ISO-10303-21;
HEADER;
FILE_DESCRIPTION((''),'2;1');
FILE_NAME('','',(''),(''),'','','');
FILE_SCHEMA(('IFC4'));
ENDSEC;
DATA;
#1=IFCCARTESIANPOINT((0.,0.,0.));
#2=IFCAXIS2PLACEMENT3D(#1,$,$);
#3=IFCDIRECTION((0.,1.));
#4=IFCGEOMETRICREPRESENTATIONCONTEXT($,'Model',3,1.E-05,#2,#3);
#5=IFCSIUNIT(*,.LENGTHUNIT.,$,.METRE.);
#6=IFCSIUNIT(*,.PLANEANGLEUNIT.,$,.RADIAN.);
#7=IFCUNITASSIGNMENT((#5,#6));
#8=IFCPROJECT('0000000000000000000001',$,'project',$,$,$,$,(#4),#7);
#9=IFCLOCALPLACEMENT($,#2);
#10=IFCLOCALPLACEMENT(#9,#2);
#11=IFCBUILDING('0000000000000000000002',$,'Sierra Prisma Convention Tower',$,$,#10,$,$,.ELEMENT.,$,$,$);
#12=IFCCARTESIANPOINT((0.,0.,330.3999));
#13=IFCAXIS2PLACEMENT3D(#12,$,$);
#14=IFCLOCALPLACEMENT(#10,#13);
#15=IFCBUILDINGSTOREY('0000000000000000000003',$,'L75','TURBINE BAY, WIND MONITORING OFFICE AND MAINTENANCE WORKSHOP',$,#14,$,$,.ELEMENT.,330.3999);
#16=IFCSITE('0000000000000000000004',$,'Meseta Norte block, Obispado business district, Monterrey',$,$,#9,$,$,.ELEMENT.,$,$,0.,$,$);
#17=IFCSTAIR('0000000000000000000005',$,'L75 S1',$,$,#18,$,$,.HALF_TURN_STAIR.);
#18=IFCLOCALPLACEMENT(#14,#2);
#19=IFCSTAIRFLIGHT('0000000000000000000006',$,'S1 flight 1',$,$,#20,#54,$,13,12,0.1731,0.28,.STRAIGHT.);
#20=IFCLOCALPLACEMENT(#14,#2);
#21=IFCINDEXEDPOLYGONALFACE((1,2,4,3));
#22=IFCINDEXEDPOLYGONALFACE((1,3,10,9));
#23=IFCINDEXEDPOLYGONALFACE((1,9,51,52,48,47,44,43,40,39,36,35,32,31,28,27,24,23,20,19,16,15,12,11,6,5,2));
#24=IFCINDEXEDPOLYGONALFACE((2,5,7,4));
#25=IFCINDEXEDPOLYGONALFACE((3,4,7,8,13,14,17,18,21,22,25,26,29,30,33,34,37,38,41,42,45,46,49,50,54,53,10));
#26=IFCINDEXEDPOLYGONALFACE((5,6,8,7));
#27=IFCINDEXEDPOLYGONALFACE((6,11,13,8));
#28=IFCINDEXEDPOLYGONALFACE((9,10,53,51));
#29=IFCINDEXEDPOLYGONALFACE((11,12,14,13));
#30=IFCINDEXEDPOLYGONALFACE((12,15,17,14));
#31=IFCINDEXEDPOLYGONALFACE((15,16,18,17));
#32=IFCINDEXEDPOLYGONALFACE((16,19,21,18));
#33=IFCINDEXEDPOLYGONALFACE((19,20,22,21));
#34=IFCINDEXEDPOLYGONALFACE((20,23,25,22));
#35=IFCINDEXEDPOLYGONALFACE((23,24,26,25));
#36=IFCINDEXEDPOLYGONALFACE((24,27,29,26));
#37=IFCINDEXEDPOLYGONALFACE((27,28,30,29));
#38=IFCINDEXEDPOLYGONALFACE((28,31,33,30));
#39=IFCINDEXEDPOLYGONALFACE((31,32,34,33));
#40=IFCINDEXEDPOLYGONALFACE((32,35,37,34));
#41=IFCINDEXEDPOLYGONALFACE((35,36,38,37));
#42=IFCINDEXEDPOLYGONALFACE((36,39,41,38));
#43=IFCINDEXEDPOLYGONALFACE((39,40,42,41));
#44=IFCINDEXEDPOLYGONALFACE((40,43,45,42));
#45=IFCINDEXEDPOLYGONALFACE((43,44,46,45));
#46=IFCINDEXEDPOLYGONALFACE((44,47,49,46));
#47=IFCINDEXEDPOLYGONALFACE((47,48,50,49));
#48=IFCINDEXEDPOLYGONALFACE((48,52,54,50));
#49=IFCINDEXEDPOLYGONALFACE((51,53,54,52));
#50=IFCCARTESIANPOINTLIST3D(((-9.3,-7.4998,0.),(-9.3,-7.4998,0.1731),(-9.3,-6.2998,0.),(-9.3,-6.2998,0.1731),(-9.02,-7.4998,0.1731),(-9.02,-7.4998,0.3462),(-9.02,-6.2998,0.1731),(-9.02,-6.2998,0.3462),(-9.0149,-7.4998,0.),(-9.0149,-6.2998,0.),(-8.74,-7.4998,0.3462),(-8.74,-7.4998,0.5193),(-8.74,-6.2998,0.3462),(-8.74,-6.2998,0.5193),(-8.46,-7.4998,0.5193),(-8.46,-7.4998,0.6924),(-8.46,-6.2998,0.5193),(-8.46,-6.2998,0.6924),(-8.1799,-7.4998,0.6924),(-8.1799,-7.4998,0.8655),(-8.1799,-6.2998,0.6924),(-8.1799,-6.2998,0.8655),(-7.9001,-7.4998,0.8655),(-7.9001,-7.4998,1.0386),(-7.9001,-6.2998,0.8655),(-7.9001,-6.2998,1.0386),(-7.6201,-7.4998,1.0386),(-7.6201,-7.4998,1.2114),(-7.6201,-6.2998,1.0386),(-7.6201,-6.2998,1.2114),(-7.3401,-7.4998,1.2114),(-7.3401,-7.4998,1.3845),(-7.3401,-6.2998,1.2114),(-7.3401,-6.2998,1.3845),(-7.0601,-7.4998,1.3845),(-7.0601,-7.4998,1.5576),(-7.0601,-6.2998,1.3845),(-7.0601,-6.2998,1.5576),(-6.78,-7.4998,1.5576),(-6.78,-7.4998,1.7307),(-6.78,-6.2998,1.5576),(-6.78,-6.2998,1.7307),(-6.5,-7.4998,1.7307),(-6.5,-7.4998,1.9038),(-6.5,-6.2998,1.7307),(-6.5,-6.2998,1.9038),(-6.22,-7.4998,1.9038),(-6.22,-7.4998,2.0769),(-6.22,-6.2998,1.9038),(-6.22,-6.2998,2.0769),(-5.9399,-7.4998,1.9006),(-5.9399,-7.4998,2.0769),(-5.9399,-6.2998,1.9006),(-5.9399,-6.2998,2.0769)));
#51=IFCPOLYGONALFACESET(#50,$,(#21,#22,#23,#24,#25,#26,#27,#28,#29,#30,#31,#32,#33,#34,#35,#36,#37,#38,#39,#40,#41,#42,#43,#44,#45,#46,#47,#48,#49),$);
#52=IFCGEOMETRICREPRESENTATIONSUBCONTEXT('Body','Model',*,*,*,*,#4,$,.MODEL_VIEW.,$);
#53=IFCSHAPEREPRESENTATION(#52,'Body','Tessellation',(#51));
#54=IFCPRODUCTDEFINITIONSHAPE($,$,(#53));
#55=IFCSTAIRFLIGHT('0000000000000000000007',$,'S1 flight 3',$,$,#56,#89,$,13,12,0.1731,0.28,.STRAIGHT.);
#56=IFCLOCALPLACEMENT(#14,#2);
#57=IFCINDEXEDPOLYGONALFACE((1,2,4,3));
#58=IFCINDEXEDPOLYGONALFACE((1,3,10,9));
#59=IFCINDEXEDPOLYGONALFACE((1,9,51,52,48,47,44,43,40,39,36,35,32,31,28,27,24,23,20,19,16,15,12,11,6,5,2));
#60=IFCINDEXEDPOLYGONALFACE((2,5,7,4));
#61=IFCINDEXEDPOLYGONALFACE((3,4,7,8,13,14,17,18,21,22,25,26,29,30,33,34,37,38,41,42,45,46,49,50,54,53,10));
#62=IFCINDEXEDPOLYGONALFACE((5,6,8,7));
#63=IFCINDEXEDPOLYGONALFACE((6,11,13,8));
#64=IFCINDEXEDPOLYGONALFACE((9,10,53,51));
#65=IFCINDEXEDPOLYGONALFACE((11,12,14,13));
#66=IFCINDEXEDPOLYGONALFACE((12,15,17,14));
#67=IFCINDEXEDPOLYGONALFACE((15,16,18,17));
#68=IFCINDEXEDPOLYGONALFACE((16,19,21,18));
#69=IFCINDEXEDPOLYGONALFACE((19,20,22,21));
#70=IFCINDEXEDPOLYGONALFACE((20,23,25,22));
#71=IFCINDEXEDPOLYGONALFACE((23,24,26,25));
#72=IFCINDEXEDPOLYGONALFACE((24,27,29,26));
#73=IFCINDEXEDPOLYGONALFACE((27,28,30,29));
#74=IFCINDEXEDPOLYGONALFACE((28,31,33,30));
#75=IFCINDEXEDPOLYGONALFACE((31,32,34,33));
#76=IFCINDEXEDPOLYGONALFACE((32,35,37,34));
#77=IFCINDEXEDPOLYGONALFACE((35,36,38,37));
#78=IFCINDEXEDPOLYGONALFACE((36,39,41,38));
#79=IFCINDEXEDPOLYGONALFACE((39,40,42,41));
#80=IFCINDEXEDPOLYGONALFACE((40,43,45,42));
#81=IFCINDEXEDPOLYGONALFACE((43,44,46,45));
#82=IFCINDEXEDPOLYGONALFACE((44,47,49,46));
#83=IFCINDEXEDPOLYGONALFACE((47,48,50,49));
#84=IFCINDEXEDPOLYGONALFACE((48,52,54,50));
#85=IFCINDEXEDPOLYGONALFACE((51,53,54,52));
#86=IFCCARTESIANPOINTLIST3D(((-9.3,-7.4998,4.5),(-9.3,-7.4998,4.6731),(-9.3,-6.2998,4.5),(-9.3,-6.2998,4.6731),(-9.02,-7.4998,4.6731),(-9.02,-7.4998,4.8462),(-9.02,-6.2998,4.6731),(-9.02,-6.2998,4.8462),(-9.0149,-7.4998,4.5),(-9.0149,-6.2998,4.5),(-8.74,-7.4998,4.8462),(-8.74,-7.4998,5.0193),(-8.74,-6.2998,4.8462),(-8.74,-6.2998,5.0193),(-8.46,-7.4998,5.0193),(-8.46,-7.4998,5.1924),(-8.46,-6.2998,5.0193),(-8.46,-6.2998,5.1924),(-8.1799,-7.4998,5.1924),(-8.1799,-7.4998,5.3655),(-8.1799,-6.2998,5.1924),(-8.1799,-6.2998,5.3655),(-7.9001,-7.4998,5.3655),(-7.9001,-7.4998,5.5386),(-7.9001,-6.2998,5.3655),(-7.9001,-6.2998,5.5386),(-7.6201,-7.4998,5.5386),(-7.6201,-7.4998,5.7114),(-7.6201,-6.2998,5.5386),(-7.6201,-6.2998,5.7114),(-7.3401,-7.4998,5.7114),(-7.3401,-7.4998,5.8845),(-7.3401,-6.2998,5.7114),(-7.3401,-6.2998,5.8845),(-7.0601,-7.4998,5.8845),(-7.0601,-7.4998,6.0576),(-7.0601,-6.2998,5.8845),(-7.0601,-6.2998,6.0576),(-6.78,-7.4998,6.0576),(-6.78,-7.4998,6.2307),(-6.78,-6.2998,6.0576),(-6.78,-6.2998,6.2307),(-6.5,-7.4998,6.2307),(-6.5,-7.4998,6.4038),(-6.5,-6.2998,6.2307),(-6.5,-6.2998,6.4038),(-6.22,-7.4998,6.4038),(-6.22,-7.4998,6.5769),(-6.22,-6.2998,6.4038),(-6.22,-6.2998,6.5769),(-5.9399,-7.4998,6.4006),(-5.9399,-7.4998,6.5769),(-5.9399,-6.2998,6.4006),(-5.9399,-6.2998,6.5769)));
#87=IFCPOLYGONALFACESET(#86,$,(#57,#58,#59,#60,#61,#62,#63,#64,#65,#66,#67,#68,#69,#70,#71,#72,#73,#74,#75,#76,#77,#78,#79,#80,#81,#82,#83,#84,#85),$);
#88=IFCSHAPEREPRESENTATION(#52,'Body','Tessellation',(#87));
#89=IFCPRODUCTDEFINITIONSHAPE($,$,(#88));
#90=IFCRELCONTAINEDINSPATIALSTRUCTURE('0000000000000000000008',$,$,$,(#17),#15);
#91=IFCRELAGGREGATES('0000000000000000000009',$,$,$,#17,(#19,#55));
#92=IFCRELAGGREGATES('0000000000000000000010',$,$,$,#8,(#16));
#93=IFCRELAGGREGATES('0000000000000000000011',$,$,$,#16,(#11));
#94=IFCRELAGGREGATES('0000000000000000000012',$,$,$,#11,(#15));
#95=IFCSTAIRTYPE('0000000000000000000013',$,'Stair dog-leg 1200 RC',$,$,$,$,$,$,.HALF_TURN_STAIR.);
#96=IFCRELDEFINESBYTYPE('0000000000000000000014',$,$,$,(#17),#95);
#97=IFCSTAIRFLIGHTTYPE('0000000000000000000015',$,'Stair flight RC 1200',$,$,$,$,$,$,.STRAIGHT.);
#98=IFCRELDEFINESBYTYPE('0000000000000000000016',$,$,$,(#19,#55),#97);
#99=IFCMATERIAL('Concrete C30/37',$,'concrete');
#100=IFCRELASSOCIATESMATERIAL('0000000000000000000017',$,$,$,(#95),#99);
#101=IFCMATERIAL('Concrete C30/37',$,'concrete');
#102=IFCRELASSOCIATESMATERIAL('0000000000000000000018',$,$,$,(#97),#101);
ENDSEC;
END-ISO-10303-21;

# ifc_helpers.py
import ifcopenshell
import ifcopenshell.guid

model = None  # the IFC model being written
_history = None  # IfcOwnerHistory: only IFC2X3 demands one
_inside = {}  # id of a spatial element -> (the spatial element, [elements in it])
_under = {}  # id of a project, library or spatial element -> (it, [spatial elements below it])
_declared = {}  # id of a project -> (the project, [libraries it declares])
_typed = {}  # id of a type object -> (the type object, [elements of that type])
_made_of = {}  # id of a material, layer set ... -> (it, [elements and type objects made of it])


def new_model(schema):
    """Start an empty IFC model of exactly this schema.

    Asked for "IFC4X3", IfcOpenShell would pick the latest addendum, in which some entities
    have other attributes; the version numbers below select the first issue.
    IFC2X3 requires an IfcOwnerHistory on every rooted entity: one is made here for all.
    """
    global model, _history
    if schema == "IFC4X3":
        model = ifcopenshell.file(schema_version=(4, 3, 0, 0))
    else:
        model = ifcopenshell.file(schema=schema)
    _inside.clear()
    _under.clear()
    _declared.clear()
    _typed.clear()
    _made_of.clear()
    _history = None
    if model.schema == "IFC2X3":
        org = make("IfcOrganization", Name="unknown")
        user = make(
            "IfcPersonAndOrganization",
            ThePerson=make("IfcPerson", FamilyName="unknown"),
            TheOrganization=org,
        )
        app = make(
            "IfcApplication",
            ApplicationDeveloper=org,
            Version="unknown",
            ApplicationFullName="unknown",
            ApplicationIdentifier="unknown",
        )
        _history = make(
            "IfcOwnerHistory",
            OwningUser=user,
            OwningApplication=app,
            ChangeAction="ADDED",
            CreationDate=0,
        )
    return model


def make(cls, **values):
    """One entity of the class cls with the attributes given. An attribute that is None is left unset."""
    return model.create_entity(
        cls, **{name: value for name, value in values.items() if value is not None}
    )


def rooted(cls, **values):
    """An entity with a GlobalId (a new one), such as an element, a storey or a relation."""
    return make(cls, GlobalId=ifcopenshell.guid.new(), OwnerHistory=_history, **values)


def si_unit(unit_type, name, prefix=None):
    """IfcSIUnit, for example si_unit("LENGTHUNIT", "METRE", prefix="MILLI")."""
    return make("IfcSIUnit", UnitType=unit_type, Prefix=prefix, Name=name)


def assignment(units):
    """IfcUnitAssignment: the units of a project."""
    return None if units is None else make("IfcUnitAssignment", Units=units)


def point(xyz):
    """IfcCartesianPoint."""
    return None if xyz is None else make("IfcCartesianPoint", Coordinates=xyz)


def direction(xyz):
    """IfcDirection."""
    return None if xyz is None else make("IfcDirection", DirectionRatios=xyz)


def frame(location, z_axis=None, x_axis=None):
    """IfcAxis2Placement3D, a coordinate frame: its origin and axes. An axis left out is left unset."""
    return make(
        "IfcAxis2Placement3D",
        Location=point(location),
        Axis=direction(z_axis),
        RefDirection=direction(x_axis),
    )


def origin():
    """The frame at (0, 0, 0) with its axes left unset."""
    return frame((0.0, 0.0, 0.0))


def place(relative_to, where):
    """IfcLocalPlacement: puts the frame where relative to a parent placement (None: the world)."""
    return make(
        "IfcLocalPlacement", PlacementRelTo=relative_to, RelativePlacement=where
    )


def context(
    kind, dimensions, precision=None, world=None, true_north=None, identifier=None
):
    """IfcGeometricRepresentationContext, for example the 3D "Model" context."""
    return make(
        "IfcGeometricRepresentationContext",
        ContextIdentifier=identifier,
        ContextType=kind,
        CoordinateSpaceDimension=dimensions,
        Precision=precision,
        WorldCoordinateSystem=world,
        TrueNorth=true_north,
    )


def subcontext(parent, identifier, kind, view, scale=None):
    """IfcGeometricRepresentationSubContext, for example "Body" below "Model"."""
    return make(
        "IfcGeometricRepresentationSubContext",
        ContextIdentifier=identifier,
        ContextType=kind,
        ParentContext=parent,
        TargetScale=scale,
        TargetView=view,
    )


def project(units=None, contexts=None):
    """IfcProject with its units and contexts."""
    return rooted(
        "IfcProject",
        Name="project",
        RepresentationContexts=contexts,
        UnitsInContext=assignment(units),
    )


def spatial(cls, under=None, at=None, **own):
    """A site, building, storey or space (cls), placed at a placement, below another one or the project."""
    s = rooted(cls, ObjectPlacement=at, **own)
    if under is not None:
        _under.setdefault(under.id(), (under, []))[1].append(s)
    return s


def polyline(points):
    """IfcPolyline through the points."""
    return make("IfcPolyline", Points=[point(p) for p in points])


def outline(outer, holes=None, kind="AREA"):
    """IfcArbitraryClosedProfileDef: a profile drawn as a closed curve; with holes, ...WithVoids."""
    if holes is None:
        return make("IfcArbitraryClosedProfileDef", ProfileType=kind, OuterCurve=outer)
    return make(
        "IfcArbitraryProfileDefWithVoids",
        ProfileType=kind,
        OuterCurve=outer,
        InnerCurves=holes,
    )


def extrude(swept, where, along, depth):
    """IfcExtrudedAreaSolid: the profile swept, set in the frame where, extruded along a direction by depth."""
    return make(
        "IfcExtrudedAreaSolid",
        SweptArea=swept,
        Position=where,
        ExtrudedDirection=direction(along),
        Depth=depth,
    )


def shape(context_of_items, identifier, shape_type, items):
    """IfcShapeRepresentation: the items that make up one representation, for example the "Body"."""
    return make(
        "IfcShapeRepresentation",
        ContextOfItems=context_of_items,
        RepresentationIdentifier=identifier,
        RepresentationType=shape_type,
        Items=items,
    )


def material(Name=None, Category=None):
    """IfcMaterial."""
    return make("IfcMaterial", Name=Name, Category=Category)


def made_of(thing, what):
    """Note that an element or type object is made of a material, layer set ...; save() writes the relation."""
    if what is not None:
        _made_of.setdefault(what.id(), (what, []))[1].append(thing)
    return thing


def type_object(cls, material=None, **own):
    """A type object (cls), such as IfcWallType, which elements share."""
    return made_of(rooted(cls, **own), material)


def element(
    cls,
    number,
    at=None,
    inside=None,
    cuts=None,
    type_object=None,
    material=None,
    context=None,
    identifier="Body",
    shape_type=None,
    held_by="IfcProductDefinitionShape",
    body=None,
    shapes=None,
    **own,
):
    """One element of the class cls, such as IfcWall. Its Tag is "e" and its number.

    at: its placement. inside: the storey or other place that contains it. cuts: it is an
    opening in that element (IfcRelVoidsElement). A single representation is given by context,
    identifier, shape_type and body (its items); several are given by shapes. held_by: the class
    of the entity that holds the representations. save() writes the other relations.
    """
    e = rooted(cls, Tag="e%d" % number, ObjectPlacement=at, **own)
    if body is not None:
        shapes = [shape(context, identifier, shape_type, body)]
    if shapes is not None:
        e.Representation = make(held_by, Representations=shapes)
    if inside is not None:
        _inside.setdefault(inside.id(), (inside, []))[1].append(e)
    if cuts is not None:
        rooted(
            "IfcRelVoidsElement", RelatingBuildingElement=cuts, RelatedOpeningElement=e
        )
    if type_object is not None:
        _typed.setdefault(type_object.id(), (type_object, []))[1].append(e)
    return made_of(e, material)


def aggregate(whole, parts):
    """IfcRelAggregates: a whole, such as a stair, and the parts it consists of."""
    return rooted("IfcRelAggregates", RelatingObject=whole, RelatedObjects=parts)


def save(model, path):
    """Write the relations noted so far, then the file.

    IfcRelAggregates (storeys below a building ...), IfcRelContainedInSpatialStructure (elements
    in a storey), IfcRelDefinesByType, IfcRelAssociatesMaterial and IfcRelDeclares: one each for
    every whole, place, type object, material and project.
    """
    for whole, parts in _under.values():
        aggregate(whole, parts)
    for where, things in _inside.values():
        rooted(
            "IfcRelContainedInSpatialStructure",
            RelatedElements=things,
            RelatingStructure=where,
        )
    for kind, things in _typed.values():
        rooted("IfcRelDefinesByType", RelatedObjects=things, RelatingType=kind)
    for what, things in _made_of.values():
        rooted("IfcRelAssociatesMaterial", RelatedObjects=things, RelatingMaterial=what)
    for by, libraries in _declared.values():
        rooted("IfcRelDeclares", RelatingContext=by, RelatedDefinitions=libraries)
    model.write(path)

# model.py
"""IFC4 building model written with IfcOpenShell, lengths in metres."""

from ifc_helpers import new_model, si_unit, direction, frame, origin, place, context, subcontext, project, spatial, polyline, outline, extrude, material, type_object, element, aggregate, save


model = new_model("IFC4")

# Units and contexts
model_context = context("Model", 3, precision=1e-05, world=origin(), true_north=direction((0.0, 1.0)))
body_context = subcontext(model_context, "Body", "Model", "MODEL_VIEW")
ifc_project = project(units=[si_unit("LENGTHUNIT", "METRE"), si_unit("PLANEANGLEUNIT", "RADIAN")], contexts=[model_context])

# Site, building, storey
site_placement = place(None, origin())
site = spatial("IfcSite", under=ifc_project, at=site_placement, Name="Meseta Norte block, Obispado business district, Monterrey", CompositionType="ELEMENT", RefElevation=0.0)
building_placement = place(site_placement, origin())
building = spatial("IfcBuilding", under=site, at=building_placement, Name="Sierra Prisma Convention Tower", CompositionType="ELEMENT")
storey_placement = place(building_placement, frame((0.0, 0.0, 330.3999)))
storey = spatial("IfcBuildingStorey", under=building, at=storey_placement, Name="L75", Description="TURBINE BAY, WIND MONITORING OFFICE AND MAINTENANCE WORKSHOP", CompositionType="ELEMENT", Elevation=330.3999)

# Stair, stair flights
ifc_material_1 = material(Name="Concrete C30/37", Category="concrete")
stair_type = type_object("IfcStairType", Name="Stair dog-leg 1200 RC", PredefinedType="HALF_TURN_STAIR", material=ifc_material_1)
stair_placement = place(storey_placement, origin())
stair = element("IfcStair", 1, at=stair_placement, inside=storey, type_object=stair_type, Name="L75 S1", PredefinedType="HALF_TURN_STAIR")
ifc_material_2 = material(Name="Concrete C30/37", Category="concrete")
stair_flight_type = type_object("IfcStairFlightType", Name="Stair flight RC 1200", PredefinedType="STRAIGHT", material=ifc_material_2)
stair_flight_1_placement = place(storey_placement, frame((-9.3, -6.8999, 0.0), z_axis=(0.0, 0.0, 1.0), x_axis=(1.0, 0.0, 0.0)))
stair_flight_1 = element("IfcStairFlight", 2, at=stair_flight_1_placement, type_object=stair_flight_type, Name="S1 flight 1", NumberOfRisers=13, NumberOfTreads=12, PredefinedType="STRAIGHT", RiserHeight=0.1731, TreadLength=0.28, context=body_context, shape_type="SweptSolid", body=[
    extrude(outline(polyline([(0.0, 0.0), (0.0, 0.1731), (0.28, 0.1731), (0.28, 0.3462), (0.5601, 0.3462), (0.5601, 0.5193), (0.8401, 0.5193), (0.8401, 0.6924), (1.1201, 0.6924), (1.1201, 0.8655), (1.3999, 0.8655), (1.3999, 1.0386), (1.6799, 1.0386), (1.6799, 1.2114), (1.96, 1.2114), (1.96, 1.3845), (2.24, 1.3845), (2.24, 1.5576), (2.52, 1.5576), (2.52, 1.7307), (2.8, 1.7307), (2.8, 1.9038), (3.0801, 1.9038), (3.0801, 2.0769), (3.3601, 2.0769), (3.3601, 2.25), (3.3601, 1.9006), (0.2852, 0.0), (0.0, 0.0)])), frame((0.0, 0.6001, 0.0), z_axis=(0.0, -1.0, 0.0), x_axis=(1.0, 0.0, 0.0)), (0.0, 0.0, 1.0), 1.2),
])
stair_flight_2_placement = place(storey_placement, frame((-9.3, -6.8999, 4.5), z_axis=(0.0, 0.0, 1.0), x_axis=(1.0, 0.0, 0.0)))
stair_flight_2 = element("IfcStairFlight", 3, at=stair_flight_2_placement, type_object=stair_flight_type, Name="S1 flight 3", NumberOfRisers=13, NumberOfTreads=12, PredefinedType="STRAIGHT", RiserHeight=0.1731, TreadLength=0.28, context=body_context, shape_type="SweptSolid", body=[
    extrude(outline(polyline([(0.0, 0.0), (0.0, 0.1731), (0.28, 0.1731), (0.28, 0.3462), (0.5601, 0.3462), (0.5601, 0.5193), (0.8401, 0.5193), (0.8401, 0.6924), (1.1201, 0.6924), (1.1201, 0.8655), (1.3999, 0.8655), (1.3999, 1.0386), (1.6799, 1.0386), (1.6799, 1.2114), (1.96, 1.2114), (1.96, 1.3845), (2.24, 1.3845), (2.24, 1.5576), (2.52, 1.5576), (2.52, 1.7307), (2.8, 1.7307), (2.8, 1.9038), (3.0801, 1.9038), (3.0801, 2.0769), (3.3601, 2.0769), (3.3601, 2.25), (3.3601, 1.9006), (0.2852, 0.0), (0.0, 0.0)])), frame((0.0, 0.6001, 0.0), z_axis=(0.0, -1.0, 0.0), x_axis=(1.0, 0.0, 0.0)), (0.0, 0.0, 1.0), 1.2),
])
aggregate(stair, [stair_flight_1, stair_flight_2])

save(model, "model.ifc")
